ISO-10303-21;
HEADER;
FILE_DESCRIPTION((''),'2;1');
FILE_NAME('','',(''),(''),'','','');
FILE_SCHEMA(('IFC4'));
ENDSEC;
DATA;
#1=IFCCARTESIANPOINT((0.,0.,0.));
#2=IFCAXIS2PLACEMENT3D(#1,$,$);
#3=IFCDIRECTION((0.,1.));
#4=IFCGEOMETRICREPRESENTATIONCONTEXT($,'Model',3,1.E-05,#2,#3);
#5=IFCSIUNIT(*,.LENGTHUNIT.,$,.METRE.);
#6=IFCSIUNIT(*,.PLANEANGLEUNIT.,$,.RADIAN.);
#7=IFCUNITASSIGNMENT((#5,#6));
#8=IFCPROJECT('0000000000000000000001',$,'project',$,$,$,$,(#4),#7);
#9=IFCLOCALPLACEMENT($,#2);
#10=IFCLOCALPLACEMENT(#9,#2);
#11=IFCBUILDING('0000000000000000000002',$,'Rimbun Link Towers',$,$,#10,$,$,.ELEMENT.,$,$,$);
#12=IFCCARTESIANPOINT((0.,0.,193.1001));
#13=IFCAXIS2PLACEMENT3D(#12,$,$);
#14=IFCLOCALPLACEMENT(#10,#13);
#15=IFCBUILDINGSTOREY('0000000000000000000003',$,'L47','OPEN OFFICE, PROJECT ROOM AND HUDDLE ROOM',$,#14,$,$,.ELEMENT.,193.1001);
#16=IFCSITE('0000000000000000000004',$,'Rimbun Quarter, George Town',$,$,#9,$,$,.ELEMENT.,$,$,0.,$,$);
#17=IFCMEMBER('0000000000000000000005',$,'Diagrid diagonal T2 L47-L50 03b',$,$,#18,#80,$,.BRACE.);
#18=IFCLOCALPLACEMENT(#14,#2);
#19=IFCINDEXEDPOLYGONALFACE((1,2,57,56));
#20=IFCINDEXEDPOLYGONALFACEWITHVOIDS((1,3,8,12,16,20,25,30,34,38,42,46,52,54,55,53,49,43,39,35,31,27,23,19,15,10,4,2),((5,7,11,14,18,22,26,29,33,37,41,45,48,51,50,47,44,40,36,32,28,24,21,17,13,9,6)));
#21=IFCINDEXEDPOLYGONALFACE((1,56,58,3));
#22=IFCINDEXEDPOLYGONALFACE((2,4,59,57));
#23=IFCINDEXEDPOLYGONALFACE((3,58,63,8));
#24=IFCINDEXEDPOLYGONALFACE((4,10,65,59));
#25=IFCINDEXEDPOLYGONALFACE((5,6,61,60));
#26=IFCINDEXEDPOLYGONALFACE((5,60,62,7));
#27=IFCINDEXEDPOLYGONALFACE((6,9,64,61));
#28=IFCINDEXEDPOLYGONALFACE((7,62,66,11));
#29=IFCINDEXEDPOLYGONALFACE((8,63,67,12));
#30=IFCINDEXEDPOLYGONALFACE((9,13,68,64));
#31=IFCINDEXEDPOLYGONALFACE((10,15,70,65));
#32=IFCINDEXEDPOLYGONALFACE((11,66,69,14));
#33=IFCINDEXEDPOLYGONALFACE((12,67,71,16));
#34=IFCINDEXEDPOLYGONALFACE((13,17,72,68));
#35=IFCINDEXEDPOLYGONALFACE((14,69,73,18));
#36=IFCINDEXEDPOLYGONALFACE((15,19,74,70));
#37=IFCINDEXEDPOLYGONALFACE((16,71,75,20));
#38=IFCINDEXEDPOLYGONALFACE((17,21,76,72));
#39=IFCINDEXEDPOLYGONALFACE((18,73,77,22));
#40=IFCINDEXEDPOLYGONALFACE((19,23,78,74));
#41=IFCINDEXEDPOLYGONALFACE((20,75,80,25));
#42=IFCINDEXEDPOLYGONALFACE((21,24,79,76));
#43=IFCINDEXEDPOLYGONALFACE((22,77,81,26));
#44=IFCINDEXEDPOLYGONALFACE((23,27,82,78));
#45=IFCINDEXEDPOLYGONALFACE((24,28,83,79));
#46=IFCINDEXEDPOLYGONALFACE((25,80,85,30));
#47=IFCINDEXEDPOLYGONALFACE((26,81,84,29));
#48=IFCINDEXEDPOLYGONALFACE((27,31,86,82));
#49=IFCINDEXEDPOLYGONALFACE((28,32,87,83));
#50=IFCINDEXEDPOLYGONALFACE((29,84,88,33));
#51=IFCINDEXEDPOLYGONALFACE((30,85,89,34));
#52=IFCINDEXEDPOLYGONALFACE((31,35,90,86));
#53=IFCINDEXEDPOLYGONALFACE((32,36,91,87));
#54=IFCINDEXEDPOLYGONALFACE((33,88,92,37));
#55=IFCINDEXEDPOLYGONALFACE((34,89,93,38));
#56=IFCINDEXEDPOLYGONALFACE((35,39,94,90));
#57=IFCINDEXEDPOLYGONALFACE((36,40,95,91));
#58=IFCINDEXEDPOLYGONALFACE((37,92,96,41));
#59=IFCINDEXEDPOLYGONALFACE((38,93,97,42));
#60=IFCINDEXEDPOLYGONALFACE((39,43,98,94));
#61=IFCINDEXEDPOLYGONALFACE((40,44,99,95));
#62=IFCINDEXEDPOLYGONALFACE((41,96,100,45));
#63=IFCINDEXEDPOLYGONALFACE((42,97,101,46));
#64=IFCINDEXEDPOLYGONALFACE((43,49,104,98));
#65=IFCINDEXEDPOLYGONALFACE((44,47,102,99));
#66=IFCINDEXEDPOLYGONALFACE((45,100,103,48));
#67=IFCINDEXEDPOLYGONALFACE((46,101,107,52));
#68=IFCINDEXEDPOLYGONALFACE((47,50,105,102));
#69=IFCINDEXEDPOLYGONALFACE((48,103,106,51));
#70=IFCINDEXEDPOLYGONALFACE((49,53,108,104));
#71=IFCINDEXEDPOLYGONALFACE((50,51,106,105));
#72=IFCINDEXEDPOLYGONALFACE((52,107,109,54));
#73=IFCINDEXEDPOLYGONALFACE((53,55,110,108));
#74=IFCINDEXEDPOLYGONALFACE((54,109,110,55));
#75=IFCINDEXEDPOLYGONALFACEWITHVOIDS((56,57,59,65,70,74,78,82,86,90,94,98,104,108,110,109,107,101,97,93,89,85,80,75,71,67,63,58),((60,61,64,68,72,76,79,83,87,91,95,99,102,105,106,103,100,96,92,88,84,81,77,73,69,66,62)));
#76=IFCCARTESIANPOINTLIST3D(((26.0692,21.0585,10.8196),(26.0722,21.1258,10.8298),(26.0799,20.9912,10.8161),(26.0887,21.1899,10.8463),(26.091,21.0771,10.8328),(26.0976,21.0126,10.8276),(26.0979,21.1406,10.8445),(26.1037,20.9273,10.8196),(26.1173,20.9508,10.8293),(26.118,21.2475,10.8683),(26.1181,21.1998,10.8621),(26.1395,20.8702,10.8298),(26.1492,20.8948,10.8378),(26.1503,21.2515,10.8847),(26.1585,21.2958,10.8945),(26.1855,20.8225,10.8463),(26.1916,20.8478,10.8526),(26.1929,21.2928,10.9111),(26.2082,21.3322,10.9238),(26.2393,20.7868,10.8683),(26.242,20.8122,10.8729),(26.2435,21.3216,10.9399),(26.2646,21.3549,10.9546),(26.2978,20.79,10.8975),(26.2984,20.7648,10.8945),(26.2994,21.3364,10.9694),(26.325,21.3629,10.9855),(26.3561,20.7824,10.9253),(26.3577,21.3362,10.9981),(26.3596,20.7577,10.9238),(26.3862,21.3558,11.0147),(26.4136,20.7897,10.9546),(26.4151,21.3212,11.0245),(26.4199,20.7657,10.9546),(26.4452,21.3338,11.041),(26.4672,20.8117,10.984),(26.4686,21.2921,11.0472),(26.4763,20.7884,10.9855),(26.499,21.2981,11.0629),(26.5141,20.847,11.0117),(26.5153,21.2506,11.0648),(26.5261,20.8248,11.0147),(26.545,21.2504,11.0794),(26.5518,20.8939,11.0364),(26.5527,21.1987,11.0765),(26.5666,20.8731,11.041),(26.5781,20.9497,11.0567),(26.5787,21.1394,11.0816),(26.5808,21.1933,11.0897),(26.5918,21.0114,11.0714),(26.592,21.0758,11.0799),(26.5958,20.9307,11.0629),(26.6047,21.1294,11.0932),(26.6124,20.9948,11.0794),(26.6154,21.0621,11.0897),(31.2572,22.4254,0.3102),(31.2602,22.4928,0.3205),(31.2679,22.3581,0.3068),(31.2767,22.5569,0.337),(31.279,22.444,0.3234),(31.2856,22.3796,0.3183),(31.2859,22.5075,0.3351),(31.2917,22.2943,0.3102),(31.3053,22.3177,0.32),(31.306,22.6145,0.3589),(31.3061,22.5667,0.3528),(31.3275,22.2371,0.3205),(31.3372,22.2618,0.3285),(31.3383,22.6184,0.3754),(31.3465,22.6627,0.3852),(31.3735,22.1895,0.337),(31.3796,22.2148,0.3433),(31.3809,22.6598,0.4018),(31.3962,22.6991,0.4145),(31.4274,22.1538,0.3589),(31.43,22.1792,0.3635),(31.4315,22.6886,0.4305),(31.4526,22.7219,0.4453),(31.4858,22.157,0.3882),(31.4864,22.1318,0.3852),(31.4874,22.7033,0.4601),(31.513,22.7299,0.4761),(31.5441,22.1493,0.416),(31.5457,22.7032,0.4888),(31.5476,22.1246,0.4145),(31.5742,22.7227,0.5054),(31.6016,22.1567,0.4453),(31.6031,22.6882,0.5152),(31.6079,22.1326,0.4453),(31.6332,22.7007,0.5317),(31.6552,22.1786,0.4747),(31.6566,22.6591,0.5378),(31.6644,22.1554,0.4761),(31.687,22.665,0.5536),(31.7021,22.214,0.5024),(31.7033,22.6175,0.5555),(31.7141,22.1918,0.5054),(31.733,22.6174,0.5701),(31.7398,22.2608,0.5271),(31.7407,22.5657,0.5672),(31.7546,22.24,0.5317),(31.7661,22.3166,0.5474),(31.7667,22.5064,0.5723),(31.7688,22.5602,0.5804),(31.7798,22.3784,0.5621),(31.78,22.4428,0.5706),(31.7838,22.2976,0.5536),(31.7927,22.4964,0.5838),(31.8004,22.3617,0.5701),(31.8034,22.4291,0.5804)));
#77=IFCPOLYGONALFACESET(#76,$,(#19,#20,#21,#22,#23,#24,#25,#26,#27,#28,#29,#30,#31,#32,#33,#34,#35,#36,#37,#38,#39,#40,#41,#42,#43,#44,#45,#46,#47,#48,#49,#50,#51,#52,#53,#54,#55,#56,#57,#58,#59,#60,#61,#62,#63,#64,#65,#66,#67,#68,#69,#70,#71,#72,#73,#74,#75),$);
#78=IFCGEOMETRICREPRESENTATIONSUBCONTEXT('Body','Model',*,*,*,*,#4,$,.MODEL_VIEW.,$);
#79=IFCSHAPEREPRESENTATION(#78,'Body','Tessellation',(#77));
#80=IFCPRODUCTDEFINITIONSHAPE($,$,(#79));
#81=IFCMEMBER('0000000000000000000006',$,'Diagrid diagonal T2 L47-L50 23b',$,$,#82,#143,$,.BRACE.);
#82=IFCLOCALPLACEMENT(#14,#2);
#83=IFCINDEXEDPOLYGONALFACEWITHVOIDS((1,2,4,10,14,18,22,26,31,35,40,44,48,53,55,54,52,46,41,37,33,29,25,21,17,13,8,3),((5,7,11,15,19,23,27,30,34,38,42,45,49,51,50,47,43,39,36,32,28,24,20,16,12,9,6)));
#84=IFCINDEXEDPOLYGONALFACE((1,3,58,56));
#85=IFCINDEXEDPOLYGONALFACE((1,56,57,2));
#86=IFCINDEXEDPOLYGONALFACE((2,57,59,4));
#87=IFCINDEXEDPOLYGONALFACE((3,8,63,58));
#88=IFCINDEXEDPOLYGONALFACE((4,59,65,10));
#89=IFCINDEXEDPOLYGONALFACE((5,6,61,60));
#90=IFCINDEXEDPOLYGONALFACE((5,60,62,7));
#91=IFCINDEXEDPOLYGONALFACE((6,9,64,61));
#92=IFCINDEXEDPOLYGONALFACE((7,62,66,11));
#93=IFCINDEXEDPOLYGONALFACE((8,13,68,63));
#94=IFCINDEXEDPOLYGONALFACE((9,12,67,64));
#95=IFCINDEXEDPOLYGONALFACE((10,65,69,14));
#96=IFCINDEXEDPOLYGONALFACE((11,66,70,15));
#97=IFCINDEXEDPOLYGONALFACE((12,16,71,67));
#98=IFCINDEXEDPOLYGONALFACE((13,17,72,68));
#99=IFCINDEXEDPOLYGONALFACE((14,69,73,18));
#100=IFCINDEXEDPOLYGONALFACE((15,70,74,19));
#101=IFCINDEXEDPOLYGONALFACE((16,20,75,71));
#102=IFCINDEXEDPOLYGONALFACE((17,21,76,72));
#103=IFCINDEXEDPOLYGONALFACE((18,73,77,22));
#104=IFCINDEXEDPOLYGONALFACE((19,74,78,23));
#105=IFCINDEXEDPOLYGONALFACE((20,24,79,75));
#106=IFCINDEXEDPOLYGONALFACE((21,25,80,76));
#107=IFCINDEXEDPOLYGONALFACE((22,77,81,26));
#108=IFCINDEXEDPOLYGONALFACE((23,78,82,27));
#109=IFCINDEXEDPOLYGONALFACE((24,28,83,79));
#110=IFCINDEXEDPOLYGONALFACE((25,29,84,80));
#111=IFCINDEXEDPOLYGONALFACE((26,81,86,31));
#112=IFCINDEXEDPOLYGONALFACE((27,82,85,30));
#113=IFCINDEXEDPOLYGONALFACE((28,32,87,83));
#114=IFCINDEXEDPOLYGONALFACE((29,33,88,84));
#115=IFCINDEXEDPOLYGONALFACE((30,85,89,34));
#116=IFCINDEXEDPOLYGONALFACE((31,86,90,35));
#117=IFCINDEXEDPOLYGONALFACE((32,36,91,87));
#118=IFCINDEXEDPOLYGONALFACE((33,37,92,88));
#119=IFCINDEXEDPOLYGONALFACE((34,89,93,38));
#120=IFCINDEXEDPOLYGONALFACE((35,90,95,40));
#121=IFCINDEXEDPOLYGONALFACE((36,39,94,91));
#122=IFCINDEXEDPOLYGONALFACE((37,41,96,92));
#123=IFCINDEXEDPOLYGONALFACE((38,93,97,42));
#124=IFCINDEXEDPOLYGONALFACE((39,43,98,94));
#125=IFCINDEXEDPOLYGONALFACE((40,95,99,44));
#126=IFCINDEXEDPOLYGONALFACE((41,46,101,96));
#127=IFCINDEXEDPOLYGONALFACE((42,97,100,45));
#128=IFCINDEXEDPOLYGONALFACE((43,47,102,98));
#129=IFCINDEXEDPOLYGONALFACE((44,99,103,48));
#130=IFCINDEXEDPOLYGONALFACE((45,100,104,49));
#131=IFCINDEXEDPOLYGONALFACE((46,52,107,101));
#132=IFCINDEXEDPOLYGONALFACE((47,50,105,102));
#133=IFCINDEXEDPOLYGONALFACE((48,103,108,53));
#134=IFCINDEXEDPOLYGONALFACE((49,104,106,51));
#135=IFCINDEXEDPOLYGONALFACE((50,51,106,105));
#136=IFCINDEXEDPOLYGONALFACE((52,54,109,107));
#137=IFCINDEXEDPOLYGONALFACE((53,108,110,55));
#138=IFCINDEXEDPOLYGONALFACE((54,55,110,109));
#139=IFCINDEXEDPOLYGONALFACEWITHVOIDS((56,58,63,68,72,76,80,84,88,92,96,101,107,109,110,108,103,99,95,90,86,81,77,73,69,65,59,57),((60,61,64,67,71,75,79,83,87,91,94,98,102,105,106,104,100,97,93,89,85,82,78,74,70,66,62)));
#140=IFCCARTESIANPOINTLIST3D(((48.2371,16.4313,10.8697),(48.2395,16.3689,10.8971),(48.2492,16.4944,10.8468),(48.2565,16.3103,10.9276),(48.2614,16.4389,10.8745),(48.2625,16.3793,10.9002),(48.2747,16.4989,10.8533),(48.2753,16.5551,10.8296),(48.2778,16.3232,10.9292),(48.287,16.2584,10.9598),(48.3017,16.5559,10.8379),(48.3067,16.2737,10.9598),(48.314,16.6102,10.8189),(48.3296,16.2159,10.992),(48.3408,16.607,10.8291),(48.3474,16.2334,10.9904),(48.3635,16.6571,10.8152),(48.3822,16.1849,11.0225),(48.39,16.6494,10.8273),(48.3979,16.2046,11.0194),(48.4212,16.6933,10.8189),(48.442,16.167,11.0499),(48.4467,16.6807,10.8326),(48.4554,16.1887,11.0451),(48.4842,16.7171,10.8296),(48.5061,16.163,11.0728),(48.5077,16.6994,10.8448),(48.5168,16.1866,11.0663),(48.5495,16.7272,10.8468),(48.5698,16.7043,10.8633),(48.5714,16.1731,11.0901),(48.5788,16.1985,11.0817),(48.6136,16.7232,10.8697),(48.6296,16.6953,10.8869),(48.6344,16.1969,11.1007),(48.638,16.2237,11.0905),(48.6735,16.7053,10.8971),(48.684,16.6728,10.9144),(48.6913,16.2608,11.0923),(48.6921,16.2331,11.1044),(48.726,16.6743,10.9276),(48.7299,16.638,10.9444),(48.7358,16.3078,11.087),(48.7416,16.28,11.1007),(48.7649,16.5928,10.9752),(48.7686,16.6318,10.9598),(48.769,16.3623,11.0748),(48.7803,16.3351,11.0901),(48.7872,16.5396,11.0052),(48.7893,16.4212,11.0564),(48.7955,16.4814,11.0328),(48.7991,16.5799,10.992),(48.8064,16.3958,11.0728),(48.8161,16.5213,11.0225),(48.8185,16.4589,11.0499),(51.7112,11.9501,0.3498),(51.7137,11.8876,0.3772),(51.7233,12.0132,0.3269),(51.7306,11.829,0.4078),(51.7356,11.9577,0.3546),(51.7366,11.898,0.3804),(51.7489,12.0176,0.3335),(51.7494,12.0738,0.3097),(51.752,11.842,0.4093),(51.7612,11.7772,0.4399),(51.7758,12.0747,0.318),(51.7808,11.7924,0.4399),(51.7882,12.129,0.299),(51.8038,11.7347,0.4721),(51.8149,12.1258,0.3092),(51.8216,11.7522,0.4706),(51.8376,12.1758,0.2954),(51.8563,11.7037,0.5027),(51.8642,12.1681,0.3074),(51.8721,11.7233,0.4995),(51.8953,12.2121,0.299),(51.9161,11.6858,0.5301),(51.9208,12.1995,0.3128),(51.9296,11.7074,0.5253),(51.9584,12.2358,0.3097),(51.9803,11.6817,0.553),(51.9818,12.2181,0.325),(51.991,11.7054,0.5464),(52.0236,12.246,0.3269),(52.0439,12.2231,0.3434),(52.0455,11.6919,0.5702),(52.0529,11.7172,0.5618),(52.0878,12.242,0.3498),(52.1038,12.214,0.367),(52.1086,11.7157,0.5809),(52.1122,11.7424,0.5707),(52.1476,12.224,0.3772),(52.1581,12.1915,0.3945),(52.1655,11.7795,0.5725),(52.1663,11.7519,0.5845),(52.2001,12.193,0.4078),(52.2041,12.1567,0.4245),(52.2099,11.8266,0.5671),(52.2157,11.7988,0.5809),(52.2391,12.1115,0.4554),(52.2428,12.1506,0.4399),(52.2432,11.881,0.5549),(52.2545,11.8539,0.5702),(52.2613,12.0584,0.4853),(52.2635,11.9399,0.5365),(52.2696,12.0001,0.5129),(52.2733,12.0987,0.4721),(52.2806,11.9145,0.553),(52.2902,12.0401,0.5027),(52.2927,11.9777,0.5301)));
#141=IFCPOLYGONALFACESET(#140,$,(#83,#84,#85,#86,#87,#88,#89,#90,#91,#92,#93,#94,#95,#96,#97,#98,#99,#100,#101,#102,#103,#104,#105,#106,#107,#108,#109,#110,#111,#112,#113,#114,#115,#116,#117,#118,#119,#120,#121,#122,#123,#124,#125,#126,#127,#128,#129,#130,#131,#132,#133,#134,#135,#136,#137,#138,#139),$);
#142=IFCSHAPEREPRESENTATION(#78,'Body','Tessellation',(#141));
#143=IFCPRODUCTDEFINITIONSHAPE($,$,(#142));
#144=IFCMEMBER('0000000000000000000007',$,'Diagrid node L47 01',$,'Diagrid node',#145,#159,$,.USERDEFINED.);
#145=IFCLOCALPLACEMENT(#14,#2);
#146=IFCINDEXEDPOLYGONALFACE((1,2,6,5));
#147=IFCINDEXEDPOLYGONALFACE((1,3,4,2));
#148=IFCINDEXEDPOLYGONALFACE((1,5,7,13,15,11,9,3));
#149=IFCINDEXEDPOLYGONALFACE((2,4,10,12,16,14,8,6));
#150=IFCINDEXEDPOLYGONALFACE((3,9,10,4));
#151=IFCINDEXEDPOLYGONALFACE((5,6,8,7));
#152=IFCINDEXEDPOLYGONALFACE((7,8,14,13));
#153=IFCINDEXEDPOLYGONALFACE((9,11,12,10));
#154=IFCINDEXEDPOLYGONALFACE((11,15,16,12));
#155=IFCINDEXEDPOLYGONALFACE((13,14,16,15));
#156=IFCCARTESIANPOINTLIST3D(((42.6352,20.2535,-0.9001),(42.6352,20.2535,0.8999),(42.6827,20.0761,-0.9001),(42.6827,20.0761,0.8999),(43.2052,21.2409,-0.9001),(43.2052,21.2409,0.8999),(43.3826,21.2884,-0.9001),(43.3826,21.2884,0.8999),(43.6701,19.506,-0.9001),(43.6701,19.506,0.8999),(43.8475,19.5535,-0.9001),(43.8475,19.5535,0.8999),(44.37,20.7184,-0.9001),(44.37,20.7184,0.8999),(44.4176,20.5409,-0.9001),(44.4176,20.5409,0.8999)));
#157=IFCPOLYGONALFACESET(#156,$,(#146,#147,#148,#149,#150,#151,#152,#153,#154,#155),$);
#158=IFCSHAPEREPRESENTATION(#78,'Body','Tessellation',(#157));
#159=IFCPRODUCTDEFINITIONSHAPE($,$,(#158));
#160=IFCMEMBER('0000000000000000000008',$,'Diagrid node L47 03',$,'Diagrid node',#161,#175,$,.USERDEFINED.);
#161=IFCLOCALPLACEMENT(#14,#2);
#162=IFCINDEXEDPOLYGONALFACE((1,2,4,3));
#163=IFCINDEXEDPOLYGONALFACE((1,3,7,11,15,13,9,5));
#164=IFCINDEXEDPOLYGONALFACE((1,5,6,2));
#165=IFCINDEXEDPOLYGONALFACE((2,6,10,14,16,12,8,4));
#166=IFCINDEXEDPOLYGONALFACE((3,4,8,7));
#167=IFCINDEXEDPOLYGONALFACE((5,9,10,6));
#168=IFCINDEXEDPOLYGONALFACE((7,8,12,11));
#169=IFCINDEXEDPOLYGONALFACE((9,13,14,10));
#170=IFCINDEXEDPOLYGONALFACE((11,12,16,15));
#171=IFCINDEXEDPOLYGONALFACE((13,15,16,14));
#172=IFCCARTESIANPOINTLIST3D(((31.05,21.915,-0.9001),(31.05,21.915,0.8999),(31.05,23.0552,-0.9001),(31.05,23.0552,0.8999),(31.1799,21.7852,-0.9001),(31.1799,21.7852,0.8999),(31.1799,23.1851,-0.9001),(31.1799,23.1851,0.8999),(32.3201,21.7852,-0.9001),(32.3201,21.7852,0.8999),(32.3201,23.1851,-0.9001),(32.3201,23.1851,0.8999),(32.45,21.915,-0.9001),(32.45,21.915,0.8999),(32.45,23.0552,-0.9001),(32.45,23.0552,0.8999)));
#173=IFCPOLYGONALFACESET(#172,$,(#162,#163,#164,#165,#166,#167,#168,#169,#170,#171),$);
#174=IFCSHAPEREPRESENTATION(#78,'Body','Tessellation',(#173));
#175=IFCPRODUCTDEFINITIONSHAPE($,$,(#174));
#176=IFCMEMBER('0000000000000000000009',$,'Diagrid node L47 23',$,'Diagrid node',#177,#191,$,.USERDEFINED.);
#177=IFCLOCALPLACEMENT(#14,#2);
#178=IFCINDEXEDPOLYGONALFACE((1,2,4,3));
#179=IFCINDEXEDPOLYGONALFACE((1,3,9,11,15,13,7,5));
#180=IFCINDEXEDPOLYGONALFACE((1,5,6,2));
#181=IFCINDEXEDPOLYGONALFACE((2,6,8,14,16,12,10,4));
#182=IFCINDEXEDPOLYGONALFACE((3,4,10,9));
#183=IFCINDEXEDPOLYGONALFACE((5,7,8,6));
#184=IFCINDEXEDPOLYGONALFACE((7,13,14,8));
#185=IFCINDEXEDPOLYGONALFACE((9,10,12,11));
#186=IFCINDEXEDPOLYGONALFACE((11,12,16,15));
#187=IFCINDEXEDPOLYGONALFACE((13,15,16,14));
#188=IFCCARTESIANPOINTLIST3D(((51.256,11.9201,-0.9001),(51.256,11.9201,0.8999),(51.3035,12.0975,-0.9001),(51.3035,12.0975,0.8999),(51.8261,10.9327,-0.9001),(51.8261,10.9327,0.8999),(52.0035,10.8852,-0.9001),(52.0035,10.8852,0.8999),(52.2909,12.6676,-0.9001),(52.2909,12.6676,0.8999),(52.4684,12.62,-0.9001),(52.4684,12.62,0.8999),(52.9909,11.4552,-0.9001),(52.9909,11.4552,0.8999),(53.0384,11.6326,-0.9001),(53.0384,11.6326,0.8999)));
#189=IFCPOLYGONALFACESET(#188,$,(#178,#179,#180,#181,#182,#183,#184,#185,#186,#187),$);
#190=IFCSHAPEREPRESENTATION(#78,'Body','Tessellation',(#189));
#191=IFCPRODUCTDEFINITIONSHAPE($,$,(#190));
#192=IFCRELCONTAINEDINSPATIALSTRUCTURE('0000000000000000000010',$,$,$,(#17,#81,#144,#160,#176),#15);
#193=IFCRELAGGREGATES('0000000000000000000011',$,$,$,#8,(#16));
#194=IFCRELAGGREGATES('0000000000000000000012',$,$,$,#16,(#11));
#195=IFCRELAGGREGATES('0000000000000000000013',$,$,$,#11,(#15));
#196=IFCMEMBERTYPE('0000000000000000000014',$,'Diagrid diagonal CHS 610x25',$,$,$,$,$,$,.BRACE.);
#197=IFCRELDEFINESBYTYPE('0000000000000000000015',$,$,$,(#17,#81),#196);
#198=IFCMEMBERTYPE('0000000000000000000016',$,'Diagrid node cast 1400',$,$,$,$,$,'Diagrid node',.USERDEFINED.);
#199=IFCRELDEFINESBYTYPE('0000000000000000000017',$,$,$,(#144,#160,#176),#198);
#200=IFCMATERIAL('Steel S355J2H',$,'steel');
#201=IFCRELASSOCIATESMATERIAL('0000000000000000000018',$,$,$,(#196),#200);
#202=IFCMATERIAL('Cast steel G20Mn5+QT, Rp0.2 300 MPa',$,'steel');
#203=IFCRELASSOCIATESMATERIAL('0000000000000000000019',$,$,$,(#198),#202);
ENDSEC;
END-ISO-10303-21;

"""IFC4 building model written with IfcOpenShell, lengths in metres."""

from ifc_helpers import new_model, si_unit, direction, frame, origin, origin_2d, place, context, subcontext, project, spatial, polyline, hollow_circle, outline, extrude, material, material_profile, profile_set, type_object, element, save


model = new_model("IFC4")

# Units and contexts
model_context = context("Model", 3, precision=1e-05, world=origin(), true_north=direction((0.0, 1.0)))
body_context = subcontext(model_context, "Body", "Model", "MODEL_VIEW")
ifc_project = project(units=[si_unit("LENGTHUNIT", "METRE"), si_unit("PLANEANGLEUNIT", "RADIAN")], contexts=[model_context])

# Site, building, storey
site_placement = place(None, origin())
site = spatial("IfcSite", under=ifc_project, at=site_placement, Name="Rimbun Quarter, George Town", CompositionType="ELEMENT", RefElevation=0.0)
building_placement = place(site_placement, origin())
building = spatial("IfcBuilding", under=site, at=building_placement, Name="Rimbun Link Towers", CompositionType="ELEMENT")
storey_placement = place(building_placement, frame((0.0, 0.0, 193.1001)))
storey = spatial("IfcBuildingStorey", under=building, at=storey_placement, Name="L47", Description="OPEN OFFICE, PROJECT ROOM AND HUDDLE ROOM", CompositionType="ELEMENT", Elevation=193.1001)

# Members
ifc_material_1 = material(Name="Steel S355J2H", Category="steel")
ifc_material_profile_1 = material_profile(ifc_material_1, hollow_circle(Radius=0.3047, WallThickness=0.0249, at=origin_2d()), Name="Diagrid diagonal CHS 610x25")
ifc_profile_set_1 = profile_set([ifc_material_profile_1], Name="Steel S355J2H")
member_type_1 = type_object("IfcMemberType", Name="Diagrid diagonal CHS 610x25", PredefinedType="BRACE", material=ifc_profile_set_1)
member_1_placement = place(storey_placement, frame((31.5303, 22.4272, 0.4453), z_axis=(-0.439678, -0.115847, 0.890653), x_axis=(0.254787, -0.966997, 0.0)))
element("IfcMember", 1, at=member_1_placement, inside=storey, type_object=member_type_1, Name="Diagrid diagonal T2 L47-L50 03b", PredefinedType="BRACE", context=body_context, shape_type="SweptSolid", body=[
    extrude(hollow_circle(Radius=0.3047, WallThickness=0.0249, at=origin_2d()), origin(), (0.0, 0.0, 1.0), 11.7996),
])
member_2_placement = place(storey_placement, frame((52.002, 11.9639, 0.4399), z_axis=(-0.290707, 0.374978, 0.880273), x_axis=(-0.790313, -0.612703, 0.0)))
element("IfcMember", 2, at=member_2_placement, inside=storey, type_object=member_type_1, Name="Diagrid diagonal T2 L47-L50 23b", PredefinedType="BRACE", context=body_context, shape_type="SweptSolid", body=[
    extrude(hollow_circle(Radius=0.3047, WallThickness=0.0249, at=origin_2d()), origin(), (0.0, 0.0, 1.0), 11.9507),
])
ifc_material_2 = material(Name="Cast steel G20Mn5+QT, Rp0.2 300 MPa", Category="steel")
ifc_material_profile_2 = material_profile(ifc_material_2, outline(polyline([(0.7, -0.5701), (0.7, 0.5701), (0.5701, 0.7), (-0.5701, 0.7), (-0.7, 0.5701), (-0.7, -0.5701), (-0.5701, -0.7), (0.5701, -0.7), (0.7, -0.5701)])), Name="NODE 1400x1400")
ifc_profile_set_2 = profile_set([ifc_material_profile_2], Name="Cast steel G20Mn5+QT, Rp0.2 300 MPa")
member_type_2 = type_object("IfcMemberType", Name="Diagrid node cast 1400", ElementType="Diagrid node", PredefinedType="USERDEFINED", material=ifc_profile_set_2)
for number, where, z_axis, x_axis, name in (
    (3, (43.5264, 20.3972, -0.9001), (0.0, 0.0, 1.0), (0.5, 0.866025, 0.0), "Diagrid node L47 01"),
    (4, (31.75, 22.4851, -0.9001), (0.0, 0.0, 1.0), (0.0, 1.0, 0.0), "Diagrid node L47 03"),
    (5, (52.1472, 11.7764, -0.9001), (0.0, 0.0, 1.0), (0.866025, 0.5, 0.0), "Diagrid node L47 23"),
):
    element("IfcMember", number, at=place(storey_placement, frame(where, z_axis=z_axis, x_axis=x_axis)), inside=storey, type_object=member_type_2, Name=name, ObjectType="Diagrid node", PredefinedType="USERDEFINED", context=body_context, shape_type="SweptSolid", body=[
        extrude(outline(polyline([(0.7, -0.5701), (0.7, 0.5701), (0.5701, 0.7), (-0.5701, 0.7), (-0.7, 0.5701), (-0.7, -0.5701), (-0.5701, -0.7), (0.5701, -0.7), (0.7, -0.5701)])), origin(), (0.0, 0.0, 1.0), 1.8),
    ])

save(model, "model.ifc")
